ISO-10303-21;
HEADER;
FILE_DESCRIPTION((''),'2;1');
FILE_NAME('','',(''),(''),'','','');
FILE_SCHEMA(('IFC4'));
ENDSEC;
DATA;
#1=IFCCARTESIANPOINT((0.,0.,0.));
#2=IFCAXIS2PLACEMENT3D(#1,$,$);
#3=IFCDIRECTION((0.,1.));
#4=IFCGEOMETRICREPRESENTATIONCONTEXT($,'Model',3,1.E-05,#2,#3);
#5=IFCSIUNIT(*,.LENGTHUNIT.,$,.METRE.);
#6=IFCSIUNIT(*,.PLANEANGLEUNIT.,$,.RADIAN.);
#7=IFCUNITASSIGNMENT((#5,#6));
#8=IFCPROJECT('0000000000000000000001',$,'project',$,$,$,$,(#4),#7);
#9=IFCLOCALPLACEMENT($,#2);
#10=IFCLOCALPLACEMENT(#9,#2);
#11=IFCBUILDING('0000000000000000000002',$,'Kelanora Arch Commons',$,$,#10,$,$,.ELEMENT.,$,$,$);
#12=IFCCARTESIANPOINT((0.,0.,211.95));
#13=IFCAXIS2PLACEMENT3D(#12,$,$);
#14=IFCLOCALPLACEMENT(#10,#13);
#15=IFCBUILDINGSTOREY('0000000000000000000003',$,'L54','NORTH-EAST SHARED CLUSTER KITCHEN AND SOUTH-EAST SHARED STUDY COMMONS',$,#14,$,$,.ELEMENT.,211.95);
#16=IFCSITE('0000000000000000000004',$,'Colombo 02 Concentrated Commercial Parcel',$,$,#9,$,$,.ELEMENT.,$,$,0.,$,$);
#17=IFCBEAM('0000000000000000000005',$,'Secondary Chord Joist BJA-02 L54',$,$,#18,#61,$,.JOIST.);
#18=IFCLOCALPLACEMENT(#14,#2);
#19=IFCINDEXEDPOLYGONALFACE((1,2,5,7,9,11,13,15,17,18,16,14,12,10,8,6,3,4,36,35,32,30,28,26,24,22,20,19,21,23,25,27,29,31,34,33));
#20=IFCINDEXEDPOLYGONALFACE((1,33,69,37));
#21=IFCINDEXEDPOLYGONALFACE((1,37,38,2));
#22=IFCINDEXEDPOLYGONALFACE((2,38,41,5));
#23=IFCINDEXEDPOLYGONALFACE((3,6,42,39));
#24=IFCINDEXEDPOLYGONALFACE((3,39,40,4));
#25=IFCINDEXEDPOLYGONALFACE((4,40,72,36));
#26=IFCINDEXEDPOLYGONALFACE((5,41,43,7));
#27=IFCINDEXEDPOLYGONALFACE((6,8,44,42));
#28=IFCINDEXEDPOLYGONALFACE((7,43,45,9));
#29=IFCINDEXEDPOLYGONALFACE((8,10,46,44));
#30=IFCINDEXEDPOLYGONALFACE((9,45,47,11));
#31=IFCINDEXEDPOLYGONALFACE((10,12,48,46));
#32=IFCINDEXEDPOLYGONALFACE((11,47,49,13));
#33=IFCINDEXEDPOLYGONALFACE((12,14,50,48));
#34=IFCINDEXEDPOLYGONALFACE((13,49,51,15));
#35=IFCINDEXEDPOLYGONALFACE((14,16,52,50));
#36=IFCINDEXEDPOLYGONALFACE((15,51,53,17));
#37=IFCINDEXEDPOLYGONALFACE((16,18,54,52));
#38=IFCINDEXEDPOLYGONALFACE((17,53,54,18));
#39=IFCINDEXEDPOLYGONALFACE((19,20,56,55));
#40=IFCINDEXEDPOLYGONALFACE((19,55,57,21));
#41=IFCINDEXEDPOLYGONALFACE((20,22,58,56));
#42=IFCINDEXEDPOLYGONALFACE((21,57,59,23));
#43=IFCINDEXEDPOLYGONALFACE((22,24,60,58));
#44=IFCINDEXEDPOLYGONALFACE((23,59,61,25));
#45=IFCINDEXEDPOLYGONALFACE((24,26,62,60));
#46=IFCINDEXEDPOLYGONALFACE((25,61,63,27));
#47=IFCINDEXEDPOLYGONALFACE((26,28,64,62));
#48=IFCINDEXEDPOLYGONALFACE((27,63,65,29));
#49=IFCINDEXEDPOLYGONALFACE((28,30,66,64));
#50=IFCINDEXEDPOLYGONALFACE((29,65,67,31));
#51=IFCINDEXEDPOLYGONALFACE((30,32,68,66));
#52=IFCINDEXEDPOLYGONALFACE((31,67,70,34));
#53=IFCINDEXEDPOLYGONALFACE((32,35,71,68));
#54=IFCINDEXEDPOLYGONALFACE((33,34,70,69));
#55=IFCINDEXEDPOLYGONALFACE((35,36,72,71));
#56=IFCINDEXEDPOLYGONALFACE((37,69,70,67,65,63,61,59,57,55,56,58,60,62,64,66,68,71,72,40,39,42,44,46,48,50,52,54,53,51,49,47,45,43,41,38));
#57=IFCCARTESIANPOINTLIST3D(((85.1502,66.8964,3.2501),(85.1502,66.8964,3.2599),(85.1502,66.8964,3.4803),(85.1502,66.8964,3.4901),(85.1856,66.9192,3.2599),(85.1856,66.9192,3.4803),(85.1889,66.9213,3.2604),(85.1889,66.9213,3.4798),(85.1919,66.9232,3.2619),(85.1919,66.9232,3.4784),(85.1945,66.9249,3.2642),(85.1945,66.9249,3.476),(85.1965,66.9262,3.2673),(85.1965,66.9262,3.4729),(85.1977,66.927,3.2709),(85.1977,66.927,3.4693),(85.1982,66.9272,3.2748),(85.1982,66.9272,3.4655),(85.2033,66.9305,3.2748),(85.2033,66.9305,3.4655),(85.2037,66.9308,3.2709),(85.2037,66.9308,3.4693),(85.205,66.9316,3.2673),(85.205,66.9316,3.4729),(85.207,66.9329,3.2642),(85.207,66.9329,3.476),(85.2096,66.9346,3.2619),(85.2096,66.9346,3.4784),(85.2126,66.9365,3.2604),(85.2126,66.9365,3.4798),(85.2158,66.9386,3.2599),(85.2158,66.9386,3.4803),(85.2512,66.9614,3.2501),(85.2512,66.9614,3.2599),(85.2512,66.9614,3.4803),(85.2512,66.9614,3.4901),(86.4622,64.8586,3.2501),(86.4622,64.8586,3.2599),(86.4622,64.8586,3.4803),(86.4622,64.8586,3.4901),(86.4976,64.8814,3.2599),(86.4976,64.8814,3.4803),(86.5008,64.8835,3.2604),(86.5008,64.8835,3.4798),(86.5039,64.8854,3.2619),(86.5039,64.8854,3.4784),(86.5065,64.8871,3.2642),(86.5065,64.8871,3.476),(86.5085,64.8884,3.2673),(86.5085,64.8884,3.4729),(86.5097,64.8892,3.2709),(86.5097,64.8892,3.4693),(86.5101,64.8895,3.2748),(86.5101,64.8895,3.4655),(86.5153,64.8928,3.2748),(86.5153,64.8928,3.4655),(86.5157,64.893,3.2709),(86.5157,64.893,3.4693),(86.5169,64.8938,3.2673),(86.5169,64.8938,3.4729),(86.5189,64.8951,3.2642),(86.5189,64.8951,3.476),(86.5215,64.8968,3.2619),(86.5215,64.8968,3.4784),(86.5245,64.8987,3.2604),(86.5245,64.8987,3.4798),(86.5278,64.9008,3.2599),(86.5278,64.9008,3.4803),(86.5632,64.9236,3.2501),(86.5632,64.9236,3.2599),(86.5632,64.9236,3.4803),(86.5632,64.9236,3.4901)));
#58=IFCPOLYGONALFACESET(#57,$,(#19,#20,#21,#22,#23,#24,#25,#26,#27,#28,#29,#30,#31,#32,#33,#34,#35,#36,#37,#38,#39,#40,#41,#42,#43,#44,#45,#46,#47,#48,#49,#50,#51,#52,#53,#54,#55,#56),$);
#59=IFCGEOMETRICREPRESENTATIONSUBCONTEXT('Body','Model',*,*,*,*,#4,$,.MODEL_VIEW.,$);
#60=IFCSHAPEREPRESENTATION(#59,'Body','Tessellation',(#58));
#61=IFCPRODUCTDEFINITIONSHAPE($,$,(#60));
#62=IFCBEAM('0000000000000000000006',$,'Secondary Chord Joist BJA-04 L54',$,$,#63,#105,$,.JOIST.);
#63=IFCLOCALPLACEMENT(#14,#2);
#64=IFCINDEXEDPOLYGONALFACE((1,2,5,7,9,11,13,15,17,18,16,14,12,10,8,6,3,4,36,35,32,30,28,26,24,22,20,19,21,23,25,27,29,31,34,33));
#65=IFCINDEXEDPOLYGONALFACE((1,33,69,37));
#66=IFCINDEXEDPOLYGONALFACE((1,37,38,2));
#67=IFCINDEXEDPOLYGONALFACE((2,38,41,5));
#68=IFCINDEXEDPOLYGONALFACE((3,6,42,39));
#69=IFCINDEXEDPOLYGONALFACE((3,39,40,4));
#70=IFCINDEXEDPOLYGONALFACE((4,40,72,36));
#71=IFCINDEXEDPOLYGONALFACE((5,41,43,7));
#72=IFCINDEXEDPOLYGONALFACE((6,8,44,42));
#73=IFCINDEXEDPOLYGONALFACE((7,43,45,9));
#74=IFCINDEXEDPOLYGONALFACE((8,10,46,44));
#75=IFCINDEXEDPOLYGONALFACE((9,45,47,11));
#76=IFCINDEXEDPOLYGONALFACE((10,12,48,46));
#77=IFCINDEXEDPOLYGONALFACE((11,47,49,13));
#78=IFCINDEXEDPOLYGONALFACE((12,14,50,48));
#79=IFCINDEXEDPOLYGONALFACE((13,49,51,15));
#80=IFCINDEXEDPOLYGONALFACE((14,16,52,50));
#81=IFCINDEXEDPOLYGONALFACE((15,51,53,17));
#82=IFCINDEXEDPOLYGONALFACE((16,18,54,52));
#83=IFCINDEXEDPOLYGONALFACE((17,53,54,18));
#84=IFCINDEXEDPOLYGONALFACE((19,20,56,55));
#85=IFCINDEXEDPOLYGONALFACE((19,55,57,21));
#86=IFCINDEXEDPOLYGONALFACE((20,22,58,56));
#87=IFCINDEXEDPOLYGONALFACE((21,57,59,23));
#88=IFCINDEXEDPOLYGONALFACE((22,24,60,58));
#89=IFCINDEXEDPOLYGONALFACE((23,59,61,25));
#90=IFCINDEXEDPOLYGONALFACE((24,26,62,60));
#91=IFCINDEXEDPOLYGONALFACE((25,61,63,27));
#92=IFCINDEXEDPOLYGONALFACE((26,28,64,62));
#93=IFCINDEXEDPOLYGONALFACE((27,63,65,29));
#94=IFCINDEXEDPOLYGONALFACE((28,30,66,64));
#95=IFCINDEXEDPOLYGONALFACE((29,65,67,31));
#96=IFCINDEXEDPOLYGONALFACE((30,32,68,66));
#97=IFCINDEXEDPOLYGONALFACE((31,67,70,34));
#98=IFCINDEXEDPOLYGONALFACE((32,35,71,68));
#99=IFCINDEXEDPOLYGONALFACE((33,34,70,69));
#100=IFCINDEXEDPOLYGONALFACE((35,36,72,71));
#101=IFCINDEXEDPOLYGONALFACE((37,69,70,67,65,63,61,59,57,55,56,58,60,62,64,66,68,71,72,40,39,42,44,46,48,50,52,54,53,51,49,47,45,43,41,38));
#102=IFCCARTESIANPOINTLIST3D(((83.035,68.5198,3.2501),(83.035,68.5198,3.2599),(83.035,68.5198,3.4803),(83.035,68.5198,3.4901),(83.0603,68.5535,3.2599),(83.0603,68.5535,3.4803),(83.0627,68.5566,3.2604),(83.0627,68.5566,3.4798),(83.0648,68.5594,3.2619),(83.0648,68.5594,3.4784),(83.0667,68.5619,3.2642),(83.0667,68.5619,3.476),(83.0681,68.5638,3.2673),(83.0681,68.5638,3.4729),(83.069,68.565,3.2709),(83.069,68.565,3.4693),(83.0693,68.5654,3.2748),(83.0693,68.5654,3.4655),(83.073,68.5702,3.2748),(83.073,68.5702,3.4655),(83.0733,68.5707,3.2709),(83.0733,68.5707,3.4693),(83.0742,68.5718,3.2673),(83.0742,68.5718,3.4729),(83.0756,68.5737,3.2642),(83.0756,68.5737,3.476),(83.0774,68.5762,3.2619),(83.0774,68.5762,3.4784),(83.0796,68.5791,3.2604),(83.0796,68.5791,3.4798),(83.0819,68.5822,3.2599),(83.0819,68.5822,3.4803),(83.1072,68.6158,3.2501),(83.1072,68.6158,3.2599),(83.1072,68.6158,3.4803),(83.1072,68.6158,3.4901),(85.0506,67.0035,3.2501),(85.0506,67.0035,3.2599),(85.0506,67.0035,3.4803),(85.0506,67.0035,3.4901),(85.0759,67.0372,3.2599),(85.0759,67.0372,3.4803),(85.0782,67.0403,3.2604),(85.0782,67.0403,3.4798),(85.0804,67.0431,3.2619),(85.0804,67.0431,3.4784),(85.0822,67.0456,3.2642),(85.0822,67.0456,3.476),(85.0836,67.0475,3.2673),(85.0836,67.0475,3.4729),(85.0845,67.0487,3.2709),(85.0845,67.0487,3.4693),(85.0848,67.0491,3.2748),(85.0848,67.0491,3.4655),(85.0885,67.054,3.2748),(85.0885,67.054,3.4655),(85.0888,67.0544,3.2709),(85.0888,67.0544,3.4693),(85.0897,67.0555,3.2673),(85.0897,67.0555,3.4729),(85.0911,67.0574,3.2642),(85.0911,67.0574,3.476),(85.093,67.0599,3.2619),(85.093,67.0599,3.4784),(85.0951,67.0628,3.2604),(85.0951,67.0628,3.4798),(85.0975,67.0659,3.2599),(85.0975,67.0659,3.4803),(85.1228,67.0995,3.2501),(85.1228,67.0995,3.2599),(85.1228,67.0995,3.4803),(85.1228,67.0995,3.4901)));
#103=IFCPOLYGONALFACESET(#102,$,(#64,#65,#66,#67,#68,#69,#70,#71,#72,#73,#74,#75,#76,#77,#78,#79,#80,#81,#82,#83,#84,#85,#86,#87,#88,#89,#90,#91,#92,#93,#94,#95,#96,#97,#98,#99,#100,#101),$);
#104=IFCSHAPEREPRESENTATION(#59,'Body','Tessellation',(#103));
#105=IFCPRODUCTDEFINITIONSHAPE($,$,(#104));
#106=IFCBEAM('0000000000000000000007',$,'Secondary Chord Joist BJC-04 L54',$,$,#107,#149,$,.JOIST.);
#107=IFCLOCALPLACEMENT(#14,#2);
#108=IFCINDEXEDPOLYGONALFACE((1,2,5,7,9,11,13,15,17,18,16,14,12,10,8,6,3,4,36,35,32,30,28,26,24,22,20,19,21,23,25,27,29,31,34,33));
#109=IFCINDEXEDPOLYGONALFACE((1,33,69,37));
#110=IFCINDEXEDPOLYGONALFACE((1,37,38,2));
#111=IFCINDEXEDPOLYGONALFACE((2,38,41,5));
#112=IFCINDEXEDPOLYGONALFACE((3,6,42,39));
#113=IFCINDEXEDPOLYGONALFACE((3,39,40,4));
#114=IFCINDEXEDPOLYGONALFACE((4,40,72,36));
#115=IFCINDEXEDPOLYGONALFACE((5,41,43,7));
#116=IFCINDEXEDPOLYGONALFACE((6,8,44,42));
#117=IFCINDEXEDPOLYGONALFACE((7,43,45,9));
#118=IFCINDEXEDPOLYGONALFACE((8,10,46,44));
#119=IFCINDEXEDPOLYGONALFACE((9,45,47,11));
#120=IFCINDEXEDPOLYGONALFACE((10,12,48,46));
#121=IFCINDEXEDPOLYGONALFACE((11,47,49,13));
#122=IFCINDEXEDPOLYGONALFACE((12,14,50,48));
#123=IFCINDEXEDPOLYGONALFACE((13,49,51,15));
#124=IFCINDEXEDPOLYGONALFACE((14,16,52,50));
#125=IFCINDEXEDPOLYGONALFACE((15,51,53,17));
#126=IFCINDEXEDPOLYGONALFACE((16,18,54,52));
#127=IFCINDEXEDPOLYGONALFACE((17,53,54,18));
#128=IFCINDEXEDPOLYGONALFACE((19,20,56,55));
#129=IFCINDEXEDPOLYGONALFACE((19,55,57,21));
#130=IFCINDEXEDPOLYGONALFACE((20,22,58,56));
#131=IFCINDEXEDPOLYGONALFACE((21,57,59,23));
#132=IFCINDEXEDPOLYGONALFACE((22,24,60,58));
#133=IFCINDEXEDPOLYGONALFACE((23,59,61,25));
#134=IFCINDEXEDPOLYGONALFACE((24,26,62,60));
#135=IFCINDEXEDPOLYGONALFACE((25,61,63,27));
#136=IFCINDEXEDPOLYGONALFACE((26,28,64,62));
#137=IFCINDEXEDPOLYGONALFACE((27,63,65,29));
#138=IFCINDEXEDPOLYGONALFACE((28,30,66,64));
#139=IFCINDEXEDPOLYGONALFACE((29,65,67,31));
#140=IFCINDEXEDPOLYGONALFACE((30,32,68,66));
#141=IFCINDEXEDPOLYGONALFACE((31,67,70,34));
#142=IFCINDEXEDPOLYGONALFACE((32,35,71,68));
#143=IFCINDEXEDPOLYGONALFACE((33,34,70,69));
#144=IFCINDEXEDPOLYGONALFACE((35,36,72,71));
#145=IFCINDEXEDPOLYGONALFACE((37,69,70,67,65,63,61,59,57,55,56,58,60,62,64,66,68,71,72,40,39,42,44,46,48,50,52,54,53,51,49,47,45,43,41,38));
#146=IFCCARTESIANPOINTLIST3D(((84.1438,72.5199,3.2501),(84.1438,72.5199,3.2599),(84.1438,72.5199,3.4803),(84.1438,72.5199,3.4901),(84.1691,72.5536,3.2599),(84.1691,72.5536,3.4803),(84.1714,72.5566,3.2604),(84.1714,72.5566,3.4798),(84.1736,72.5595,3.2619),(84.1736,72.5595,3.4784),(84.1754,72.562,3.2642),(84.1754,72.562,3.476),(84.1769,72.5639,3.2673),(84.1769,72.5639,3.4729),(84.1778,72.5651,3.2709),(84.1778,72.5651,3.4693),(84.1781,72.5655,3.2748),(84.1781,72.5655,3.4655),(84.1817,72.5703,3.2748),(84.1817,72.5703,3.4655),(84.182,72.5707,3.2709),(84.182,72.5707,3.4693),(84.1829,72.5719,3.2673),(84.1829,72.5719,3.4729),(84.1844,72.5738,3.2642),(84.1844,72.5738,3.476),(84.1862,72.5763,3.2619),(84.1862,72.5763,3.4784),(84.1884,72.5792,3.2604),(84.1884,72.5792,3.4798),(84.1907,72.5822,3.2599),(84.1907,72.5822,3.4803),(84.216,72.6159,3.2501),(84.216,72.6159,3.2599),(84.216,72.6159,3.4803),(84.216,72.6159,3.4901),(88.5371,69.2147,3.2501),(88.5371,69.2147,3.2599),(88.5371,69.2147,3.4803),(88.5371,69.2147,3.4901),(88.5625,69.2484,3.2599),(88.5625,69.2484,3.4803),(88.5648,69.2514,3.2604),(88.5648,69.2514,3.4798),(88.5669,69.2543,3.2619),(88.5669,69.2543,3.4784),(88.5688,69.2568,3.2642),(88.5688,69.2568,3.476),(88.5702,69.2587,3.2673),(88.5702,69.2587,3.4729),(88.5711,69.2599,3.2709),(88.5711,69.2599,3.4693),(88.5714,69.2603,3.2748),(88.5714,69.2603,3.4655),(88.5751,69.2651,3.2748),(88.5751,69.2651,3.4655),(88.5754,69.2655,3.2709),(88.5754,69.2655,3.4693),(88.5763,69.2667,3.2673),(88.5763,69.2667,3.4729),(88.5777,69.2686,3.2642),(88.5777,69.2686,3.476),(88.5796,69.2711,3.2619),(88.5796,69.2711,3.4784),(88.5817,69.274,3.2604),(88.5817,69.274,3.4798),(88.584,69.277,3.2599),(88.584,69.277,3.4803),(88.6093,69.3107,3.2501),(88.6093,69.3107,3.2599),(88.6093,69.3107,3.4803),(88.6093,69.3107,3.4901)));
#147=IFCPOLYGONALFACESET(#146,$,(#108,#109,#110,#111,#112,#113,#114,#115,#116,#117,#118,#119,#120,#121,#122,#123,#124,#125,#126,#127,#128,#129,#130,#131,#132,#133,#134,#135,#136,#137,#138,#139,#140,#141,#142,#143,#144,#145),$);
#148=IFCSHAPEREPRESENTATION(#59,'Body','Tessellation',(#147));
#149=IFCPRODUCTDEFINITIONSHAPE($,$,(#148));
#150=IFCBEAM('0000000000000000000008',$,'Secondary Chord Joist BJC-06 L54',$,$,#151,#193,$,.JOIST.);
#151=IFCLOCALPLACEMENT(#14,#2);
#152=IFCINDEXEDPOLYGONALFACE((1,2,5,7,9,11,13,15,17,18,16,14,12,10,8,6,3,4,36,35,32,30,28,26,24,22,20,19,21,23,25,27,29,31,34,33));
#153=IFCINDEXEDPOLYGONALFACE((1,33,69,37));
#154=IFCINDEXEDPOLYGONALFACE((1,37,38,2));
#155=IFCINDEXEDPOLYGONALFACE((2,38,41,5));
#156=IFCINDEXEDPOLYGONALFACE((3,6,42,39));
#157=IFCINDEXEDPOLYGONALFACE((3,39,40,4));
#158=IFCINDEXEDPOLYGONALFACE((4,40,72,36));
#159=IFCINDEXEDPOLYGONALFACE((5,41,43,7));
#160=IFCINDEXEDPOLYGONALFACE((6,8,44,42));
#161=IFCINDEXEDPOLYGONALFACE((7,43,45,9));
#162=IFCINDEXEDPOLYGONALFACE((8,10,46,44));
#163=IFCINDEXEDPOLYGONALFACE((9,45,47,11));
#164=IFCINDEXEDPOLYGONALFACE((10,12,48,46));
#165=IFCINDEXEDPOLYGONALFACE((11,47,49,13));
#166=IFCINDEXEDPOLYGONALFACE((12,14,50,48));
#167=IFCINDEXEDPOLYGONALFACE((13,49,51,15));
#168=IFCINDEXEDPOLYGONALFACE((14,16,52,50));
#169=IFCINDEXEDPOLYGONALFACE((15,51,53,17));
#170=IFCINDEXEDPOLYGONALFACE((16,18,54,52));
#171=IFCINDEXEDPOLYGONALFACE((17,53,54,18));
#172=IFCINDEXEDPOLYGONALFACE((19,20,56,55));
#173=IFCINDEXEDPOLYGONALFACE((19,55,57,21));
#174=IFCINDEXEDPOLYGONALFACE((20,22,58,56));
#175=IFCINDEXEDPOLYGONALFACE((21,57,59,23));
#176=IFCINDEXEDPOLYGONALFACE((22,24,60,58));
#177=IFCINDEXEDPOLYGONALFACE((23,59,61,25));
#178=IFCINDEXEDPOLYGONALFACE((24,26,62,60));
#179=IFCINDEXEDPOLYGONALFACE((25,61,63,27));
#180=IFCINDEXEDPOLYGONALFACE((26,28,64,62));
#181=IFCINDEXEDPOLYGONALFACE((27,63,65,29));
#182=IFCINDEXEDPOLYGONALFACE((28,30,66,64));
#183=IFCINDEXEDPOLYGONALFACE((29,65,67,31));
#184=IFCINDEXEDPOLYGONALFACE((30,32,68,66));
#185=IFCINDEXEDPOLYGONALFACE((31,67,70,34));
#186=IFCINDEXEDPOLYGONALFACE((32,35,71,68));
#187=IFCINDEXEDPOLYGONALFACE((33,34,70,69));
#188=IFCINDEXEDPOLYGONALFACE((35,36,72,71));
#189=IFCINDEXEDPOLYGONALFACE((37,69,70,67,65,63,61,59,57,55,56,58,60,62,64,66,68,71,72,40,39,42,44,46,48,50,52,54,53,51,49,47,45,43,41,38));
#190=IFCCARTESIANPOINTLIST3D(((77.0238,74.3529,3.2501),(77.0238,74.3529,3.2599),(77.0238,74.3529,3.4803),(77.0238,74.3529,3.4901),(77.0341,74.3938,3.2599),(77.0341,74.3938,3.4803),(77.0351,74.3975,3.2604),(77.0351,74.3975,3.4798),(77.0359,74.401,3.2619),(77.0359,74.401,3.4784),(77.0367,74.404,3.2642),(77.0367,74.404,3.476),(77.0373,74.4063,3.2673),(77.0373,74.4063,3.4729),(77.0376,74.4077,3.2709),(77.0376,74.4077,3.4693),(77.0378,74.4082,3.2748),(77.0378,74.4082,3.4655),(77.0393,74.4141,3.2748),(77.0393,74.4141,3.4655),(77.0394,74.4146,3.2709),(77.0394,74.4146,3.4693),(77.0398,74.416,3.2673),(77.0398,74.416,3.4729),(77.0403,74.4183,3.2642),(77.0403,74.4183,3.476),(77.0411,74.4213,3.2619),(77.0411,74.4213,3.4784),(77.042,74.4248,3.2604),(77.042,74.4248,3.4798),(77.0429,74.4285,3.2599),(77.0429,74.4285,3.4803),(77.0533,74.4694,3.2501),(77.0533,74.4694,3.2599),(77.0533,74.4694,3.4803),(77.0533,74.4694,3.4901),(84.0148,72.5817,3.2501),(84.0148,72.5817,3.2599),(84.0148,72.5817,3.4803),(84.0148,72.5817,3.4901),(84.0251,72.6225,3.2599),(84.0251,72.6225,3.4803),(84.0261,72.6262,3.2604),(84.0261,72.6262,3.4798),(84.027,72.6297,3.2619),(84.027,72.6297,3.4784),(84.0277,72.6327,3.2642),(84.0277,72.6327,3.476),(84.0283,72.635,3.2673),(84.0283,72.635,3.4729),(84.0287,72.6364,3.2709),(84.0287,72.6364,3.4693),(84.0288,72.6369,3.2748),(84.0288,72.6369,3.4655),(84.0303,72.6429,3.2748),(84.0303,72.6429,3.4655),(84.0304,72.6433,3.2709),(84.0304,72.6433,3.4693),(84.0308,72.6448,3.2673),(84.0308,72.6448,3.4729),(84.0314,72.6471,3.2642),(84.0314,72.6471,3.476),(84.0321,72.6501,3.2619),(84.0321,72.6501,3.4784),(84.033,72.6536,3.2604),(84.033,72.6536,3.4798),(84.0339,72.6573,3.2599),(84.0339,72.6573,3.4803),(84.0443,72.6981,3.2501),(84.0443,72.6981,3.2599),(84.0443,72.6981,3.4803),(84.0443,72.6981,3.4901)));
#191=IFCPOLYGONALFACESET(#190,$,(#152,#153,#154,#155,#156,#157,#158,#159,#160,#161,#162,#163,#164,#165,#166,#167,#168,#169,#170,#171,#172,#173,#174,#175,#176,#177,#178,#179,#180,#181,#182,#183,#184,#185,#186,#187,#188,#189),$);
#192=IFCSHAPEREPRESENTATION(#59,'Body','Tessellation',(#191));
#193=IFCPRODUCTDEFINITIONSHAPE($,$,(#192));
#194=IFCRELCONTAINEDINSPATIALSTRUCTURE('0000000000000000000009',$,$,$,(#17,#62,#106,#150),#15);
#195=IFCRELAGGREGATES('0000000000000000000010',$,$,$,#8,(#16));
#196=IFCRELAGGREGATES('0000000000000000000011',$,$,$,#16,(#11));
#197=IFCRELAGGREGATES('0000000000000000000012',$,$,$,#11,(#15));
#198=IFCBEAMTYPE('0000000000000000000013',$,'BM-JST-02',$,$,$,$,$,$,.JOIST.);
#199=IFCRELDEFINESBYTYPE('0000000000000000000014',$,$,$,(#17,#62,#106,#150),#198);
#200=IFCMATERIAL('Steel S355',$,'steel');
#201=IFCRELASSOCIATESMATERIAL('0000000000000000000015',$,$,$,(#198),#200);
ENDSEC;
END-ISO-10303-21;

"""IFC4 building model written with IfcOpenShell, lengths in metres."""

from ifc_helpers import new_model, si_unit, direction, frame, origin, origin_2d, place, context, subcontext, project, spatial, i_section, extrude, material, material_profile, profile_set, type_object, element, save


model = new_model("IFC4")

# Units and contexts
model_context = context("Model", 3, precision=1e-05, world=origin(), true_north=direction((0.0, 1.0)))
body_context = subcontext(model_context, "Body", "Model", "MODEL_VIEW")
ifc_project = project(units=[si_unit("LENGTHUNIT", "METRE"), si_unit("PLANEANGLEUNIT", "RADIAN")], contexts=[model_context])

# Site, building, storey
site_placement = place(None, origin())
site = spatial("IfcSite", under=ifc_project, at=site_placement, Name="Colombo 02 Concentrated Commercial Parcel", CompositionType="ELEMENT", RefElevation=0.0)
building_placement = place(site_placement, origin())
building = spatial("IfcBuilding", under=site, at=building_placement, Name="Kelanora Arch Commons", CompositionType="ELEMENT")
storey_placement = place(building_placement, frame((0.0, 0.0, 211.95)))
storey = spatial("IfcBuildingStorey", under=building, at=storey_placement, Name="L54", Description="NORTH-EAST SHARED CLUSTER KITCHEN AND SOUTH-EAST SHARED STUDY COMMONS", CompositionType="ELEMENT", Elevation=211.95)

# Beams
ifc_material_1 = material(Name="Steel S355", Category="steel")
ifc_material_profile_1 = material_profile(ifc_material_1, i_section(OverallWidth=0.1201, OverallDepth=0.24, WebThickness=0.0061, FlangeThickness=0.0098, FilletRadius=0.0149, at=origin_2d()), Name="IPE240")
ifc_profile_set_1 = profile_set([ifc_material_profile_1], Name="Steel S355")
beam_type_1 = type_object("IfcBeamType", Name="BM-JST-02", PredefinedType="JOIST", material=ifc_profile_set_1)
beam_1_placement = place(storey_placement, frame((86.5127, 64.8911, 3.3701), z_axis=(-0.541333, 0.840808, 0.0), x_axis=(-0.840808, -0.541333, 0.0)))
element("IfcBeam", 1, at=beam_1_placement, inside=storey, type_object=beam_type_1, Name="Secondary Chord Joist BJA-02 L54", PredefinedType="JOIST", context=body_context, shape_type="SweptSolid", body=[
    extrude(i_section(OverallWidth=0.1201, OverallDepth=0.24, WebThickness=0.0061, FlangeThickness=0.0098, FilletRadius=0.0149, at=origin_2d()), origin(), (0.0, 0.0, 1.0), 2.4236),
])
beam_2_placement = place(storey_placement, frame((85.0867, 67.0515, 3.3701), z_axis=(-0.799116, 0.601176, 0.0), x_axis=(-0.601176, -0.799116, 0.0)))
element("IfcBeam", 2, at=beam_2_placement, inside=storey, type_object=beam_type_1, Name="Secondary Chord Joist BJA-04 L54", PredefinedType="JOIST", context=body_context, shape_type="SweptSolid", body=[
    extrude(i_section(OverallWidth=0.1201, OverallDepth=0.24, WebThickness=0.0061, FlangeThickness=0.0098, FilletRadius=0.0149, at=origin_2d()), origin(), (0.0, 0.0, 1.0), 2.5222),
])
beam_3_placement = place(storey_placement, frame((88.5732, 69.2627, 3.3701), z_axis=(-0.799109, 0.601186, 0.0), x_axis=(-0.601186, -0.799109, 0.0)))
element("IfcBeam", 3, at=beam_3_placement, inside=storey, type_object=beam_type_1, Name="Secondary Chord Joist BJC-04 L54", PredefinedType="JOIST", context=body_context, shape_type="SweptSolid", body=[
    extrude(i_section(OverallWidth=0.1201, OverallDepth=0.24, WebThickness=0.0061, FlangeThickness=0.0098, FilletRadius=0.0149, at=origin_2d()), origin(), (0.0, 0.0, 1.0), 5.4978),
])
beam_4_placement = place(storey_placement, frame((84.0295, 72.6399, 3.3701), z_axis=(-0.969371, 0.245601, 0.0), x_axis=(-0.245601, -0.969371, 0.0)))
element("IfcBeam", 4, at=beam_4_placement, inside=storey, type_object=beam_type_1, Name="Secondary Chord Joist BJC-06 L54", PredefinedType="JOIST", context=body_context, shape_type="SweptSolid", body=[
    extrude(i_section(OverallWidth=0.1201, OverallDepth=0.24, WebThickness=0.0061, FlangeThickness=0.0098, FilletRadius=0.0149, at=origin_2d()), origin(), (0.0, 0.0, 1.0), 7.2119),
])

save(model, "model.ifc")
